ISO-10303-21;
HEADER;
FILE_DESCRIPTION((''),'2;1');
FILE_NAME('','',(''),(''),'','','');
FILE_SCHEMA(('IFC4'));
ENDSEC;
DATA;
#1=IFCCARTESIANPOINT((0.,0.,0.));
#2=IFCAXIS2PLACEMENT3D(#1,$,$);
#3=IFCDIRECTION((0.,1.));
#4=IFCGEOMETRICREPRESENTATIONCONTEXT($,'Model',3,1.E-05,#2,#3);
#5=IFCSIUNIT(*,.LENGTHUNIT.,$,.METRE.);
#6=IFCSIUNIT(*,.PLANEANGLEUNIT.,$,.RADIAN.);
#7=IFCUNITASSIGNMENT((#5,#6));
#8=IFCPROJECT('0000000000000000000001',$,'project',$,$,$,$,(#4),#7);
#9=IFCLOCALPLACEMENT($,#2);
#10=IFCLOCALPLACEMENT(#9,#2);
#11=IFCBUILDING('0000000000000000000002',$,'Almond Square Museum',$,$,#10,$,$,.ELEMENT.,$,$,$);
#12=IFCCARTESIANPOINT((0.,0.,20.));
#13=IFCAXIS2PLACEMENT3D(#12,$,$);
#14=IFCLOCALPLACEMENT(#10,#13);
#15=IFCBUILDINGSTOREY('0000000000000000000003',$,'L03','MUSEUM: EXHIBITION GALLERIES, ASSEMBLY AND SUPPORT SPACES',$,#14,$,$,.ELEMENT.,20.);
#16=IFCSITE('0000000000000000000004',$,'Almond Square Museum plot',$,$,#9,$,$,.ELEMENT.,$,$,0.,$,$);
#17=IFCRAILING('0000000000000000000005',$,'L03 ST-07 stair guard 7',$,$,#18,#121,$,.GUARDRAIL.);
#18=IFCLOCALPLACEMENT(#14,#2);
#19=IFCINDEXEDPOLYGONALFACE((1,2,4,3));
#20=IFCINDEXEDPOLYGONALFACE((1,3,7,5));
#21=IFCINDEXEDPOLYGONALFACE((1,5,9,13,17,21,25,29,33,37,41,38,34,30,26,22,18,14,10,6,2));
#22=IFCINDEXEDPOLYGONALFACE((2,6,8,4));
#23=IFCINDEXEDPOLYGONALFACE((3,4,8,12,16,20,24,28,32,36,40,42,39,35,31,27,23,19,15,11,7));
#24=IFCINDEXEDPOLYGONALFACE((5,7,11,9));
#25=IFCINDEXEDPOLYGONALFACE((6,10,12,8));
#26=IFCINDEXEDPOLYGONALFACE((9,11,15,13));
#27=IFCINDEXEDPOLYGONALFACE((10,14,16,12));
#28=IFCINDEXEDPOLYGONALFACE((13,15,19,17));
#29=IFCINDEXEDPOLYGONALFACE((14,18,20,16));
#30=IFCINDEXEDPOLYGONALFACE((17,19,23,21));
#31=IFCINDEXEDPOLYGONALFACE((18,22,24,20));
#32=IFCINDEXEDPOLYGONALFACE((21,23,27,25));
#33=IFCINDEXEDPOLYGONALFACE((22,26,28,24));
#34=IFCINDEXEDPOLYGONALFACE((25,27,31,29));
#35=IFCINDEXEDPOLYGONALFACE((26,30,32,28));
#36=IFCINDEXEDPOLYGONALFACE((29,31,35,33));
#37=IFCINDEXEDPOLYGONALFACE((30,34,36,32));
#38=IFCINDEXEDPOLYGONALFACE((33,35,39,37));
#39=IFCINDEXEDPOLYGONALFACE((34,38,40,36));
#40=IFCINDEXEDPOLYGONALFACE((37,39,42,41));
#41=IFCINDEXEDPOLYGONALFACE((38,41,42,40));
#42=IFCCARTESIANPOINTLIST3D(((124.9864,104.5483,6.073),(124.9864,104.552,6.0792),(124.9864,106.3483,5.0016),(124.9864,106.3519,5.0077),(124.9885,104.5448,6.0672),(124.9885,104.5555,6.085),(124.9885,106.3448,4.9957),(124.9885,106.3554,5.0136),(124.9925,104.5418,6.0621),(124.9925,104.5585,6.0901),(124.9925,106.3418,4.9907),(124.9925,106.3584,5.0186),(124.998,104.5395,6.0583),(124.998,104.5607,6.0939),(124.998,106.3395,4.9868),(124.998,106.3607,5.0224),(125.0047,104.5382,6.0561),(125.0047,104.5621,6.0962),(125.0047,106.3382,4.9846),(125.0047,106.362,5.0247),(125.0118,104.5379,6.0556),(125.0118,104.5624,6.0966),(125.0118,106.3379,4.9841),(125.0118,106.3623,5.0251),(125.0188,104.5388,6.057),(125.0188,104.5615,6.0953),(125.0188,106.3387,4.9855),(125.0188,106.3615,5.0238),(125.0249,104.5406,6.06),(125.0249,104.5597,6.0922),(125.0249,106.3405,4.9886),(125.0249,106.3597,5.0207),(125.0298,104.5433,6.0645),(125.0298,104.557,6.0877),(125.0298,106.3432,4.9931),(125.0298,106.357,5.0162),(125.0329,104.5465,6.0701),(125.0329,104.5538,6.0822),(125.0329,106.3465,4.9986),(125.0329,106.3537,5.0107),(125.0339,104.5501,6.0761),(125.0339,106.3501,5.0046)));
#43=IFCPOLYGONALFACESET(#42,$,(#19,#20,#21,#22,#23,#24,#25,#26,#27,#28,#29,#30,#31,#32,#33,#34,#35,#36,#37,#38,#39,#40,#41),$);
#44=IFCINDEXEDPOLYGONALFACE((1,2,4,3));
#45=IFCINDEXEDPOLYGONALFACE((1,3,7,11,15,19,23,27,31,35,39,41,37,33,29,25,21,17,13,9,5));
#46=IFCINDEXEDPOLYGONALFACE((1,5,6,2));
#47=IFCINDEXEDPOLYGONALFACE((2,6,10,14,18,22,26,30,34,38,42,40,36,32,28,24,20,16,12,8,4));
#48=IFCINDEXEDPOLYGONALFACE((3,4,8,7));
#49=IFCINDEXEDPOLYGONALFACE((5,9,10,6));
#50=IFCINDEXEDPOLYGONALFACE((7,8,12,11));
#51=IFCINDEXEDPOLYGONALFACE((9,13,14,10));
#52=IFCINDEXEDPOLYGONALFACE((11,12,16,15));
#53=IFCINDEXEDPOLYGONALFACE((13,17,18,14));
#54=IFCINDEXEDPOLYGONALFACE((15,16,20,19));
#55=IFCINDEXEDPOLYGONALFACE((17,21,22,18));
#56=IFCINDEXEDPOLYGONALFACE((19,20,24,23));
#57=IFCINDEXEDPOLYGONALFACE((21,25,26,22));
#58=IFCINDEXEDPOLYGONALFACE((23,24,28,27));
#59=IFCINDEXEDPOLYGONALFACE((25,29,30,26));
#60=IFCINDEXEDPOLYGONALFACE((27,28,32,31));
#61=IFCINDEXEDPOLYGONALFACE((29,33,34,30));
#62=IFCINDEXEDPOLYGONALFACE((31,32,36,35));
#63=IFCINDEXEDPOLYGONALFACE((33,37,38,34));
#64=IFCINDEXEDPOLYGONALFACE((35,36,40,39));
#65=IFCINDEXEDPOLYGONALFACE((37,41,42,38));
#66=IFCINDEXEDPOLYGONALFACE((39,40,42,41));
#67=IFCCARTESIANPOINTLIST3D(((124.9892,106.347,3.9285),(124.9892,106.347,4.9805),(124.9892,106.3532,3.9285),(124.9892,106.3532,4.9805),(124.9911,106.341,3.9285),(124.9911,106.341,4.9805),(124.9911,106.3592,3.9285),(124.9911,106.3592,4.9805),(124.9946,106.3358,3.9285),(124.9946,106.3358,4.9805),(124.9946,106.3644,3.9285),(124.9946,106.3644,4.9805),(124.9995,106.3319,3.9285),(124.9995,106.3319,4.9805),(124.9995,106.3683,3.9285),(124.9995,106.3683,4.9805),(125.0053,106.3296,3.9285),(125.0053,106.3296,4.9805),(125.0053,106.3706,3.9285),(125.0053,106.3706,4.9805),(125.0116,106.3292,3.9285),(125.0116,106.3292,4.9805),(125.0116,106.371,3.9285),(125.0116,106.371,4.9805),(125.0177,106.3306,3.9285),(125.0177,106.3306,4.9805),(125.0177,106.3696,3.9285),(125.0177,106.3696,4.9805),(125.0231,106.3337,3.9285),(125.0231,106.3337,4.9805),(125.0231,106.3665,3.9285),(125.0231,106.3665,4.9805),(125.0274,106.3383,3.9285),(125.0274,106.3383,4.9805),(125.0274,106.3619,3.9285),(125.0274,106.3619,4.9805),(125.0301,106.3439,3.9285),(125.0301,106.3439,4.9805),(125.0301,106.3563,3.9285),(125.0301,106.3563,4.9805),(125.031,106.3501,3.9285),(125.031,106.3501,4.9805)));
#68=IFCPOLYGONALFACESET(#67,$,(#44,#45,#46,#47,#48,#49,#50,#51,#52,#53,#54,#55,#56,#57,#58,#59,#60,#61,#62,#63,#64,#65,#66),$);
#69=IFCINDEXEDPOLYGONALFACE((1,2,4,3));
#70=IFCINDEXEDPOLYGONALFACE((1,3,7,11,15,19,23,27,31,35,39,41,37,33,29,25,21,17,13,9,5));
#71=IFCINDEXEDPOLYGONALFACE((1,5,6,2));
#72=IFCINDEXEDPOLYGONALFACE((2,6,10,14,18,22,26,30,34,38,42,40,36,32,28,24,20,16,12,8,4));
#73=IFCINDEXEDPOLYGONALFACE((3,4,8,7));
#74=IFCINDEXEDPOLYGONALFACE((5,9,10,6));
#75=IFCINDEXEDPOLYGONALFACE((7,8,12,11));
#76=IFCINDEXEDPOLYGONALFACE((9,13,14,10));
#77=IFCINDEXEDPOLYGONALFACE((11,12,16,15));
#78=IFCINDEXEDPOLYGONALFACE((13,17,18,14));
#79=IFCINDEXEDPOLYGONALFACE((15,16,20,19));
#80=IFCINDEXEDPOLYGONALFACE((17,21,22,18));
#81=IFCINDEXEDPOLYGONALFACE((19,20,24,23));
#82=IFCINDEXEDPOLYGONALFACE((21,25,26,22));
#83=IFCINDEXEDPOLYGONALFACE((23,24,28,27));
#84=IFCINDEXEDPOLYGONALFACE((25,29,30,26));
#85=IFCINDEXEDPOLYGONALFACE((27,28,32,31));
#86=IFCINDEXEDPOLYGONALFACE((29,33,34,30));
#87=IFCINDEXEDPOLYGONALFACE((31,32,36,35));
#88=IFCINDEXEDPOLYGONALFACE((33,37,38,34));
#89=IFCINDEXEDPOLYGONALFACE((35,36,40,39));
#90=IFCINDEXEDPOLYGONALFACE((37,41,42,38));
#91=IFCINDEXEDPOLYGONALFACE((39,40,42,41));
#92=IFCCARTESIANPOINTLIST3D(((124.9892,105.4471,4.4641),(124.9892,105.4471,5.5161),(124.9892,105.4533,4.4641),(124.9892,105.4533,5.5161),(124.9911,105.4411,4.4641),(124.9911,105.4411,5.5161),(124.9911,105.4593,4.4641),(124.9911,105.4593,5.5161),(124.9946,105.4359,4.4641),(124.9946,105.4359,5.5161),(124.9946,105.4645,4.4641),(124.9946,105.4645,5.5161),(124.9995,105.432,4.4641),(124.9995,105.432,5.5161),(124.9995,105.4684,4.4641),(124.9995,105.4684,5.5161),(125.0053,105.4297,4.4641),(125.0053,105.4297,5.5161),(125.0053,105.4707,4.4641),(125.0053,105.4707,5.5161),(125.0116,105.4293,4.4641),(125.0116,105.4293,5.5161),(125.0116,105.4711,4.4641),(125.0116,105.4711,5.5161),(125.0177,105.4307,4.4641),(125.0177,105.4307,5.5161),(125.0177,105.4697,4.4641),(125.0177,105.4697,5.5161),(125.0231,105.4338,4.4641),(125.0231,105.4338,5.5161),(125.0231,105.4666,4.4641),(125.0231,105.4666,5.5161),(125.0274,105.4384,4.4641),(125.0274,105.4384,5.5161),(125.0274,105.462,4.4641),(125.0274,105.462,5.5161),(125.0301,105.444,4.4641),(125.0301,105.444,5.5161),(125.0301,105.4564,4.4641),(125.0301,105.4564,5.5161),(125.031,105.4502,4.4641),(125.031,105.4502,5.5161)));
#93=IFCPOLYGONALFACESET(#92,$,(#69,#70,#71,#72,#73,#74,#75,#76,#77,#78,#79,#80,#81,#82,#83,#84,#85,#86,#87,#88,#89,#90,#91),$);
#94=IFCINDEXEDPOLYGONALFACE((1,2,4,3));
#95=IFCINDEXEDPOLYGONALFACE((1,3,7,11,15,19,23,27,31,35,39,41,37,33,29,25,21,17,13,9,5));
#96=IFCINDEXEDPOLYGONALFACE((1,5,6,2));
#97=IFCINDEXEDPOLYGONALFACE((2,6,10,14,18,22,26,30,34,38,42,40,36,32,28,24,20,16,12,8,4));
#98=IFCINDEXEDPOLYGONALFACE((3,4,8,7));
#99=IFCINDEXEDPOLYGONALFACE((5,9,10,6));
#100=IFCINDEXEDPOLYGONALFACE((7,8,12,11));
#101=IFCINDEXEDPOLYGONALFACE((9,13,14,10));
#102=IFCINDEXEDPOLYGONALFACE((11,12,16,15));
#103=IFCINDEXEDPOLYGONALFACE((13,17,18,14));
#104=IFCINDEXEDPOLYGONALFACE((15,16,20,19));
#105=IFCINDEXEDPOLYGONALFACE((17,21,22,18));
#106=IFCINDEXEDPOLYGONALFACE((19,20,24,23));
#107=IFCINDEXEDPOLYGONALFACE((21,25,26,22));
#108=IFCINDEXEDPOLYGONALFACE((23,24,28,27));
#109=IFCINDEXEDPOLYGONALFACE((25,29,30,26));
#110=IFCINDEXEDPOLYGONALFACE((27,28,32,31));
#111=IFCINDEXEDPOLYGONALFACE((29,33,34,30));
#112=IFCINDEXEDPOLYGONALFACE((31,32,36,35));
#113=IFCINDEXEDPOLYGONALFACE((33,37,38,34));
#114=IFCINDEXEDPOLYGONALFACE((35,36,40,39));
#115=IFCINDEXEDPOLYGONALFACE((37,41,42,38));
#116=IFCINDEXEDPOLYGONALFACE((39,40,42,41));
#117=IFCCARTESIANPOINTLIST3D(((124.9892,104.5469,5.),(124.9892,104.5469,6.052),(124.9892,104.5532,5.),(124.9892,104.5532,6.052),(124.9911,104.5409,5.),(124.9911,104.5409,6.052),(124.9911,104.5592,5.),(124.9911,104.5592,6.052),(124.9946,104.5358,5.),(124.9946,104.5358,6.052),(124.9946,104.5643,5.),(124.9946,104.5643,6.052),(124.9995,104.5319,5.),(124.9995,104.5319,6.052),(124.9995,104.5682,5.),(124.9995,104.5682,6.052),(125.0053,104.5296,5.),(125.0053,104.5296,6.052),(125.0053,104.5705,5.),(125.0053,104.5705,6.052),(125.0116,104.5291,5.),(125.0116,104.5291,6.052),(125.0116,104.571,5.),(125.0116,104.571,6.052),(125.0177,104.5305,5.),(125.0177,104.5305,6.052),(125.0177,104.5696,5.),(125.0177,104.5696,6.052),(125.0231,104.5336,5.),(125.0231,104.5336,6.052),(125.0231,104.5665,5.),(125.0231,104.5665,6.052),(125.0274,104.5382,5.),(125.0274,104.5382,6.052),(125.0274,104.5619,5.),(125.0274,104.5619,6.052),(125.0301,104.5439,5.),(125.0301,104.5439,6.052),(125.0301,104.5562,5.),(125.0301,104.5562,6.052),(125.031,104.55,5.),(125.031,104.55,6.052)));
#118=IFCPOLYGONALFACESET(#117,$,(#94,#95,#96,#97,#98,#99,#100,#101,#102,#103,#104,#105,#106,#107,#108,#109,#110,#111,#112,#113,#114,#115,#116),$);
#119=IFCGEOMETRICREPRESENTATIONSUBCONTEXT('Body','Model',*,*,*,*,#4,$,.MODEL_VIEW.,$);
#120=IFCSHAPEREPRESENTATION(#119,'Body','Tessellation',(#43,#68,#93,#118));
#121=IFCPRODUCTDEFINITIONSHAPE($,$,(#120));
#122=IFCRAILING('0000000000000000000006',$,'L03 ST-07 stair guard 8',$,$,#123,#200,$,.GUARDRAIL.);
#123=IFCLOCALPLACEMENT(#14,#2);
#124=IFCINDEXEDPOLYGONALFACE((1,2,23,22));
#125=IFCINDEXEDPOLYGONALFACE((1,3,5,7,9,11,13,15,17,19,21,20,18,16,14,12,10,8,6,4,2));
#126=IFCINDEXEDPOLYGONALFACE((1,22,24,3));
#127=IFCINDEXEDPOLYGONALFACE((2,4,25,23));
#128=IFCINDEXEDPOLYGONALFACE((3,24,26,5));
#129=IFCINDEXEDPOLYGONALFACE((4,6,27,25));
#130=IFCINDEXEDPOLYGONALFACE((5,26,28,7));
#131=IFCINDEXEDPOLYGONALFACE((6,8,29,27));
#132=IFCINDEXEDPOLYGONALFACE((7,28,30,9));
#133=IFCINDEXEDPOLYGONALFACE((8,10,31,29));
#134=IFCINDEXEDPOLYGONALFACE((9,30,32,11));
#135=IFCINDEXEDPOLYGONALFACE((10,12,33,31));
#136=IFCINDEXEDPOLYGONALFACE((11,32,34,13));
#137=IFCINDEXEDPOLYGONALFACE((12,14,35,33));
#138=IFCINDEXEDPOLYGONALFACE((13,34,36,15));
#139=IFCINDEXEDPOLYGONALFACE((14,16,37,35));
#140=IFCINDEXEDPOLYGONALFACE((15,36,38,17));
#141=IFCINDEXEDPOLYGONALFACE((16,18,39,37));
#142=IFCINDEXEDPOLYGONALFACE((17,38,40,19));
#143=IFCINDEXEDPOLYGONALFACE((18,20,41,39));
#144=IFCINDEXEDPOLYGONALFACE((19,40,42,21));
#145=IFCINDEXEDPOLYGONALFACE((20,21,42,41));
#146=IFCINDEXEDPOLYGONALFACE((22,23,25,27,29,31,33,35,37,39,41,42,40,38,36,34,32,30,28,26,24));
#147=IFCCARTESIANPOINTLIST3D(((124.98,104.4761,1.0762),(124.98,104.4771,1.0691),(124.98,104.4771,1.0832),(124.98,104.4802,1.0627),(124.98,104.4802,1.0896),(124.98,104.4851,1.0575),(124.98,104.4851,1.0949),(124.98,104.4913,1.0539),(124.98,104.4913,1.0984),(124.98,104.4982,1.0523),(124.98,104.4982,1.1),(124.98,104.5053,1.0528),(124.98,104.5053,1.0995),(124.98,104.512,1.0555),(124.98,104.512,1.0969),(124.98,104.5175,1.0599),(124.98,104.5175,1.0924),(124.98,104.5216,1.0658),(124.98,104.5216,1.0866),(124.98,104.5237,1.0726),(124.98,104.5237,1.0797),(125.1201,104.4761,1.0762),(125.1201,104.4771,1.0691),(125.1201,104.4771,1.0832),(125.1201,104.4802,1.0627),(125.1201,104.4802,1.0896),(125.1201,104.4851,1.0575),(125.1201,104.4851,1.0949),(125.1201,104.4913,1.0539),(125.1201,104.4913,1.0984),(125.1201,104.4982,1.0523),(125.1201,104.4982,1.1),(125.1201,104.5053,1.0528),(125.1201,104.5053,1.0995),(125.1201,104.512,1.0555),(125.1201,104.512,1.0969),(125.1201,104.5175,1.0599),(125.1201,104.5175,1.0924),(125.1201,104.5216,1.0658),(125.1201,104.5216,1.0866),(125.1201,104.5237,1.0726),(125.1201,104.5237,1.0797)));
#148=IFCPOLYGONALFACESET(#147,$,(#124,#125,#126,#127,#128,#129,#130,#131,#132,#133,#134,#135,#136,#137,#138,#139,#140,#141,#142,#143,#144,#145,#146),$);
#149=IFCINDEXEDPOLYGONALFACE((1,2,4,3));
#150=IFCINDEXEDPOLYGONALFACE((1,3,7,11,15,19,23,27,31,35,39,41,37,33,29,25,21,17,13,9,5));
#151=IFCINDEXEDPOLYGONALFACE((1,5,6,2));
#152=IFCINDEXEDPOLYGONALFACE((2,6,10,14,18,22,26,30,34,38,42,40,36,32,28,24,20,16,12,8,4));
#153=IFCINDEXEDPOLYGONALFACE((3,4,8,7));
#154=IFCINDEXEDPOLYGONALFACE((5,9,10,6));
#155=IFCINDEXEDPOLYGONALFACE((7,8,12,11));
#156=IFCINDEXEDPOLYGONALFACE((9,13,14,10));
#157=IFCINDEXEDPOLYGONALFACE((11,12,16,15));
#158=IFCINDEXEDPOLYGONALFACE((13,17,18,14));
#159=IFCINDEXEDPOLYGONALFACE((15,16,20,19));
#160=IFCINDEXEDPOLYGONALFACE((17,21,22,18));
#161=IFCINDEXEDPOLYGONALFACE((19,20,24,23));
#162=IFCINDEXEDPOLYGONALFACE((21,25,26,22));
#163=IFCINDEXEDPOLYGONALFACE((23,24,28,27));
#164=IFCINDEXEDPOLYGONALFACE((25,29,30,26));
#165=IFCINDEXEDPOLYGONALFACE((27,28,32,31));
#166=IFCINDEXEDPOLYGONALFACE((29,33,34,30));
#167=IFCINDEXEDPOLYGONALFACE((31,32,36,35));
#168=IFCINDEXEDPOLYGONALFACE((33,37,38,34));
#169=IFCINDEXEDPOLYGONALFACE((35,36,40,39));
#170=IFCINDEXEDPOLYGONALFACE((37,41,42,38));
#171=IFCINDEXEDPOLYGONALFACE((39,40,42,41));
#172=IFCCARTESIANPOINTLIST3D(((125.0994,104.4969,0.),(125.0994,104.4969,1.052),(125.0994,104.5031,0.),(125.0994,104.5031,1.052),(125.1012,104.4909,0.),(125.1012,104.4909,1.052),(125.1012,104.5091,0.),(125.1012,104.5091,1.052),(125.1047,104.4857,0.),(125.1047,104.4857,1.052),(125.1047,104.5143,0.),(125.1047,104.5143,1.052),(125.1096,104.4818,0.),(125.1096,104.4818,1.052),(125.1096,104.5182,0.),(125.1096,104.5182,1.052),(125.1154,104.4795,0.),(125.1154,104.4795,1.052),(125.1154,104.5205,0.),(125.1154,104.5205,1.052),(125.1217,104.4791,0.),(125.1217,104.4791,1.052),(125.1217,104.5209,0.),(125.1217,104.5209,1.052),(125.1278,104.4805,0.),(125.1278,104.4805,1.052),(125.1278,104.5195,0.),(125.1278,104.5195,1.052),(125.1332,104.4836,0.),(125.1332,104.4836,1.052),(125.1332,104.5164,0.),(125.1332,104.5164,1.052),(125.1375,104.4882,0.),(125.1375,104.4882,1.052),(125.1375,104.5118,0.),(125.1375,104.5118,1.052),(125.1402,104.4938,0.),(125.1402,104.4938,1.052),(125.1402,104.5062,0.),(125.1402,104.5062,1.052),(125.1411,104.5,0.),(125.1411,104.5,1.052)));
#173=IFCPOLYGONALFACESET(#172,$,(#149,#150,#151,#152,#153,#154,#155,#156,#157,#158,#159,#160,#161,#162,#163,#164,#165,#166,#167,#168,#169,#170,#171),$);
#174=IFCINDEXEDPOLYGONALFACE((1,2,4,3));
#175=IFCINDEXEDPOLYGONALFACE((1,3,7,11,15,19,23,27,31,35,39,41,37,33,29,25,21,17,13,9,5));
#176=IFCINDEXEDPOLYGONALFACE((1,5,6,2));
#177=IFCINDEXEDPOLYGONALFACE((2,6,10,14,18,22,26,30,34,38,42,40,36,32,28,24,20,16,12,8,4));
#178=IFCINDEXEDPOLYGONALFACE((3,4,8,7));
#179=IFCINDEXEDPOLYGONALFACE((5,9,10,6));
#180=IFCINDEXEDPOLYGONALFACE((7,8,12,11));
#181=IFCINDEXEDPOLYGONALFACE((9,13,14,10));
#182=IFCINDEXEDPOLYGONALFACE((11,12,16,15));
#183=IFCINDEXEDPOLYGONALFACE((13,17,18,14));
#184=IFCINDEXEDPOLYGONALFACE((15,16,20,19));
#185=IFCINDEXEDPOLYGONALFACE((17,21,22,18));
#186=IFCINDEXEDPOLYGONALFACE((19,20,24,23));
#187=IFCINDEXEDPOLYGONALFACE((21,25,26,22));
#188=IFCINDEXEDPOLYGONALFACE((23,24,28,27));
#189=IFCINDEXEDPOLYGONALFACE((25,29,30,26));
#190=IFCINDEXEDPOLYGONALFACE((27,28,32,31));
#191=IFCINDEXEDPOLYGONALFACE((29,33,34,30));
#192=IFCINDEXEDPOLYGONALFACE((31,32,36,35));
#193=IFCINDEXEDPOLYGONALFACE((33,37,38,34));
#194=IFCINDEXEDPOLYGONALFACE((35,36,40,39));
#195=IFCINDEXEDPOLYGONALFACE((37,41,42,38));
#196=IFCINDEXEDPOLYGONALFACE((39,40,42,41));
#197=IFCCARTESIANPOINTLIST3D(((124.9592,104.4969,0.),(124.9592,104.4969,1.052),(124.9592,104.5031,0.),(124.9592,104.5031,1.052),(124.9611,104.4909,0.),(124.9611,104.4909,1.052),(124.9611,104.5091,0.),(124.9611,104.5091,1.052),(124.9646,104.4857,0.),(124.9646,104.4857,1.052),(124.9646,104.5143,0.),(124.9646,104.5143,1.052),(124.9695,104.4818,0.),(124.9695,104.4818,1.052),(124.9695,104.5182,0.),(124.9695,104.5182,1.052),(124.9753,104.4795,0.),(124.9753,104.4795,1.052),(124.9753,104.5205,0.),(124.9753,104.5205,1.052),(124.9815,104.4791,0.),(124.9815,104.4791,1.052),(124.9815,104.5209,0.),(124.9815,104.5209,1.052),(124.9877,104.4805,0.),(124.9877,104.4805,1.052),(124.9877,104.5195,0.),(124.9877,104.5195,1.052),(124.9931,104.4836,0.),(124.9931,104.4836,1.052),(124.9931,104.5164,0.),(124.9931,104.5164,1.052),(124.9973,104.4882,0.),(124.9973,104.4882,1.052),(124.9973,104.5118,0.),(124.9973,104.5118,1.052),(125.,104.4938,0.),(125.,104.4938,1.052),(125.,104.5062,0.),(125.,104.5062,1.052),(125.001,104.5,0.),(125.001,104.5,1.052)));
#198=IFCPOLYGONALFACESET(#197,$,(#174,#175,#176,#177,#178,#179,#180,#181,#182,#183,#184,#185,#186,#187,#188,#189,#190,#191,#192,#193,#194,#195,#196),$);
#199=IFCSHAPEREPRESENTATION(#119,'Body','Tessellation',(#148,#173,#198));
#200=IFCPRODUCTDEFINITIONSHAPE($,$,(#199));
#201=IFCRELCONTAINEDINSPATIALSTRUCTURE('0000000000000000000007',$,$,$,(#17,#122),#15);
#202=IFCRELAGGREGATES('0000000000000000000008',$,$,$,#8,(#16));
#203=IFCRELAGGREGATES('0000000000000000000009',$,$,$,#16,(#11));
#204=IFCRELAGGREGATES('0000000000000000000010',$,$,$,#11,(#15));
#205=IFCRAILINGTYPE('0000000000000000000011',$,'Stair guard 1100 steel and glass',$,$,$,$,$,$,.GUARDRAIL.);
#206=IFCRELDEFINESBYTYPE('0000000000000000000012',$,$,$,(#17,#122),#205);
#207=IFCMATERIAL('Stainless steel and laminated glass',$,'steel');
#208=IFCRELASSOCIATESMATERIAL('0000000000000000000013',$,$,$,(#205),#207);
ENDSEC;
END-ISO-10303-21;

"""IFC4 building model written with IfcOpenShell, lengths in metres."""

from ifc_helpers import new_model, si_unit, direction, frame, origin, origin_2d, place, context, subcontext, project, spatial, circle, extrude, material, type_object, element, save


model = new_model("IFC4")

# Units and contexts
model_context = context("Model", 3, precision=1e-05, world=origin(), true_north=direction((0.0, 1.0)))
body_context = subcontext(model_context, "Body", "Model", "MODEL_VIEW")
ifc_project = project(units=[si_unit("LENGTHUNIT", "METRE"), si_unit("PLANEANGLEUNIT", "RADIAN")], contexts=[model_context])

# Site, building, storey
site_placement = place(None, origin())
site = spatial("IfcSite", under=ifc_project, at=site_placement, Name="Almond Square Museum plot", CompositionType="ELEMENT", RefElevation=0.0)
building_placement = place(site_placement, origin())
building = spatial("IfcBuilding", under=site, at=building_placement, Name="Almond Square Museum", CompositionType="ELEMENT")
storey_placement = place(building_placement, frame((0.0, 0.0, 20.0)))
storey = spatial("IfcBuildingStorey", under=building, at=storey_placement, Name="L03", Description="MUSEUM: EXHIBITION GALLERIES, ASSEMBLY AND SUPPORT SPACES", CompositionType="ELEMENT", Elevation=20.0)

# Railings
ifc_material_1 = material(Name="Stainless steel and laminated glass", Category="steel")
railing_type_1 = type_object("IfcRailingType", Name="Stair guard 1100 steel and glass", PredefinedType="GUARDRAIL", material=ifc_material_1)
railing_1_placement = place(storey_placement, frame((125.01, 106.3501, 3.9285)))
element("IfcRailing", 1, at=railing_1_placement, inside=storey, type_object=railing_type_1, Name="L03 ST-07 stair guard 7", PredefinedType="GUARDRAIL", context=body_context, shape_type="SweptSolid", body=[
    extrude(circle(Radius=0.0239, at=origin_2d()), frame((0.0, 0.0, 1.0762), z_axis=(0.0, -0.859277, 0.51151), x_axis=(1.0, 0.0, 0.0)), (0.0, 0.0, 1.0), 2.0947),
    extrude(circle(Radius=0.021, at=origin_2d()), origin(), (0.0, 0.0, 1.0), 1.052),
    extrude(circle(Radius=0.021, at=origin_2d()), frame((0.0, -0.8999, 0.5356)), (0.0, 0.0, 1.0), 1.052),
    extrude(circle(Radius=0.021, at=origin_2d()), frame((0.0, -1.8, 1.0715)), (0.0, 0.0, 1.0), 1.052),
])
railing_2_placement = place(storey_placement, frame((125.1201, 104.5, 0.0)))
element("IfcRailing", 2, at=railing_2_placement, inside=storey, type_object=railing_type_1, Name="L03 ST-07 stair guard 8", PredefinedType="GUARDRAIL", context=body_context, shape_type="SweptSolid", body=[
    extrude(circle(Radius=0.0239, at=origin_2d()), frame((0.0, 0.0, 1.0762), z_axis=(-1.0, 0.0, 0.0), x_axis=(0.0, -1.0, 0.0)), (0.0, 0.0, 1.0), 0.1401),
    extrude(circle(Radius=0.021, at=origin_2d()), origin(), (0.0, 0.0, 1.0), 1.052),
    extrude(circle(Radius=0.021, at=origin_2d()), frame((-0.1401, 0.0, 0.0)), (0.0, 0.0, 1.0), 1.052),
])

save(model, "model.ifc")
